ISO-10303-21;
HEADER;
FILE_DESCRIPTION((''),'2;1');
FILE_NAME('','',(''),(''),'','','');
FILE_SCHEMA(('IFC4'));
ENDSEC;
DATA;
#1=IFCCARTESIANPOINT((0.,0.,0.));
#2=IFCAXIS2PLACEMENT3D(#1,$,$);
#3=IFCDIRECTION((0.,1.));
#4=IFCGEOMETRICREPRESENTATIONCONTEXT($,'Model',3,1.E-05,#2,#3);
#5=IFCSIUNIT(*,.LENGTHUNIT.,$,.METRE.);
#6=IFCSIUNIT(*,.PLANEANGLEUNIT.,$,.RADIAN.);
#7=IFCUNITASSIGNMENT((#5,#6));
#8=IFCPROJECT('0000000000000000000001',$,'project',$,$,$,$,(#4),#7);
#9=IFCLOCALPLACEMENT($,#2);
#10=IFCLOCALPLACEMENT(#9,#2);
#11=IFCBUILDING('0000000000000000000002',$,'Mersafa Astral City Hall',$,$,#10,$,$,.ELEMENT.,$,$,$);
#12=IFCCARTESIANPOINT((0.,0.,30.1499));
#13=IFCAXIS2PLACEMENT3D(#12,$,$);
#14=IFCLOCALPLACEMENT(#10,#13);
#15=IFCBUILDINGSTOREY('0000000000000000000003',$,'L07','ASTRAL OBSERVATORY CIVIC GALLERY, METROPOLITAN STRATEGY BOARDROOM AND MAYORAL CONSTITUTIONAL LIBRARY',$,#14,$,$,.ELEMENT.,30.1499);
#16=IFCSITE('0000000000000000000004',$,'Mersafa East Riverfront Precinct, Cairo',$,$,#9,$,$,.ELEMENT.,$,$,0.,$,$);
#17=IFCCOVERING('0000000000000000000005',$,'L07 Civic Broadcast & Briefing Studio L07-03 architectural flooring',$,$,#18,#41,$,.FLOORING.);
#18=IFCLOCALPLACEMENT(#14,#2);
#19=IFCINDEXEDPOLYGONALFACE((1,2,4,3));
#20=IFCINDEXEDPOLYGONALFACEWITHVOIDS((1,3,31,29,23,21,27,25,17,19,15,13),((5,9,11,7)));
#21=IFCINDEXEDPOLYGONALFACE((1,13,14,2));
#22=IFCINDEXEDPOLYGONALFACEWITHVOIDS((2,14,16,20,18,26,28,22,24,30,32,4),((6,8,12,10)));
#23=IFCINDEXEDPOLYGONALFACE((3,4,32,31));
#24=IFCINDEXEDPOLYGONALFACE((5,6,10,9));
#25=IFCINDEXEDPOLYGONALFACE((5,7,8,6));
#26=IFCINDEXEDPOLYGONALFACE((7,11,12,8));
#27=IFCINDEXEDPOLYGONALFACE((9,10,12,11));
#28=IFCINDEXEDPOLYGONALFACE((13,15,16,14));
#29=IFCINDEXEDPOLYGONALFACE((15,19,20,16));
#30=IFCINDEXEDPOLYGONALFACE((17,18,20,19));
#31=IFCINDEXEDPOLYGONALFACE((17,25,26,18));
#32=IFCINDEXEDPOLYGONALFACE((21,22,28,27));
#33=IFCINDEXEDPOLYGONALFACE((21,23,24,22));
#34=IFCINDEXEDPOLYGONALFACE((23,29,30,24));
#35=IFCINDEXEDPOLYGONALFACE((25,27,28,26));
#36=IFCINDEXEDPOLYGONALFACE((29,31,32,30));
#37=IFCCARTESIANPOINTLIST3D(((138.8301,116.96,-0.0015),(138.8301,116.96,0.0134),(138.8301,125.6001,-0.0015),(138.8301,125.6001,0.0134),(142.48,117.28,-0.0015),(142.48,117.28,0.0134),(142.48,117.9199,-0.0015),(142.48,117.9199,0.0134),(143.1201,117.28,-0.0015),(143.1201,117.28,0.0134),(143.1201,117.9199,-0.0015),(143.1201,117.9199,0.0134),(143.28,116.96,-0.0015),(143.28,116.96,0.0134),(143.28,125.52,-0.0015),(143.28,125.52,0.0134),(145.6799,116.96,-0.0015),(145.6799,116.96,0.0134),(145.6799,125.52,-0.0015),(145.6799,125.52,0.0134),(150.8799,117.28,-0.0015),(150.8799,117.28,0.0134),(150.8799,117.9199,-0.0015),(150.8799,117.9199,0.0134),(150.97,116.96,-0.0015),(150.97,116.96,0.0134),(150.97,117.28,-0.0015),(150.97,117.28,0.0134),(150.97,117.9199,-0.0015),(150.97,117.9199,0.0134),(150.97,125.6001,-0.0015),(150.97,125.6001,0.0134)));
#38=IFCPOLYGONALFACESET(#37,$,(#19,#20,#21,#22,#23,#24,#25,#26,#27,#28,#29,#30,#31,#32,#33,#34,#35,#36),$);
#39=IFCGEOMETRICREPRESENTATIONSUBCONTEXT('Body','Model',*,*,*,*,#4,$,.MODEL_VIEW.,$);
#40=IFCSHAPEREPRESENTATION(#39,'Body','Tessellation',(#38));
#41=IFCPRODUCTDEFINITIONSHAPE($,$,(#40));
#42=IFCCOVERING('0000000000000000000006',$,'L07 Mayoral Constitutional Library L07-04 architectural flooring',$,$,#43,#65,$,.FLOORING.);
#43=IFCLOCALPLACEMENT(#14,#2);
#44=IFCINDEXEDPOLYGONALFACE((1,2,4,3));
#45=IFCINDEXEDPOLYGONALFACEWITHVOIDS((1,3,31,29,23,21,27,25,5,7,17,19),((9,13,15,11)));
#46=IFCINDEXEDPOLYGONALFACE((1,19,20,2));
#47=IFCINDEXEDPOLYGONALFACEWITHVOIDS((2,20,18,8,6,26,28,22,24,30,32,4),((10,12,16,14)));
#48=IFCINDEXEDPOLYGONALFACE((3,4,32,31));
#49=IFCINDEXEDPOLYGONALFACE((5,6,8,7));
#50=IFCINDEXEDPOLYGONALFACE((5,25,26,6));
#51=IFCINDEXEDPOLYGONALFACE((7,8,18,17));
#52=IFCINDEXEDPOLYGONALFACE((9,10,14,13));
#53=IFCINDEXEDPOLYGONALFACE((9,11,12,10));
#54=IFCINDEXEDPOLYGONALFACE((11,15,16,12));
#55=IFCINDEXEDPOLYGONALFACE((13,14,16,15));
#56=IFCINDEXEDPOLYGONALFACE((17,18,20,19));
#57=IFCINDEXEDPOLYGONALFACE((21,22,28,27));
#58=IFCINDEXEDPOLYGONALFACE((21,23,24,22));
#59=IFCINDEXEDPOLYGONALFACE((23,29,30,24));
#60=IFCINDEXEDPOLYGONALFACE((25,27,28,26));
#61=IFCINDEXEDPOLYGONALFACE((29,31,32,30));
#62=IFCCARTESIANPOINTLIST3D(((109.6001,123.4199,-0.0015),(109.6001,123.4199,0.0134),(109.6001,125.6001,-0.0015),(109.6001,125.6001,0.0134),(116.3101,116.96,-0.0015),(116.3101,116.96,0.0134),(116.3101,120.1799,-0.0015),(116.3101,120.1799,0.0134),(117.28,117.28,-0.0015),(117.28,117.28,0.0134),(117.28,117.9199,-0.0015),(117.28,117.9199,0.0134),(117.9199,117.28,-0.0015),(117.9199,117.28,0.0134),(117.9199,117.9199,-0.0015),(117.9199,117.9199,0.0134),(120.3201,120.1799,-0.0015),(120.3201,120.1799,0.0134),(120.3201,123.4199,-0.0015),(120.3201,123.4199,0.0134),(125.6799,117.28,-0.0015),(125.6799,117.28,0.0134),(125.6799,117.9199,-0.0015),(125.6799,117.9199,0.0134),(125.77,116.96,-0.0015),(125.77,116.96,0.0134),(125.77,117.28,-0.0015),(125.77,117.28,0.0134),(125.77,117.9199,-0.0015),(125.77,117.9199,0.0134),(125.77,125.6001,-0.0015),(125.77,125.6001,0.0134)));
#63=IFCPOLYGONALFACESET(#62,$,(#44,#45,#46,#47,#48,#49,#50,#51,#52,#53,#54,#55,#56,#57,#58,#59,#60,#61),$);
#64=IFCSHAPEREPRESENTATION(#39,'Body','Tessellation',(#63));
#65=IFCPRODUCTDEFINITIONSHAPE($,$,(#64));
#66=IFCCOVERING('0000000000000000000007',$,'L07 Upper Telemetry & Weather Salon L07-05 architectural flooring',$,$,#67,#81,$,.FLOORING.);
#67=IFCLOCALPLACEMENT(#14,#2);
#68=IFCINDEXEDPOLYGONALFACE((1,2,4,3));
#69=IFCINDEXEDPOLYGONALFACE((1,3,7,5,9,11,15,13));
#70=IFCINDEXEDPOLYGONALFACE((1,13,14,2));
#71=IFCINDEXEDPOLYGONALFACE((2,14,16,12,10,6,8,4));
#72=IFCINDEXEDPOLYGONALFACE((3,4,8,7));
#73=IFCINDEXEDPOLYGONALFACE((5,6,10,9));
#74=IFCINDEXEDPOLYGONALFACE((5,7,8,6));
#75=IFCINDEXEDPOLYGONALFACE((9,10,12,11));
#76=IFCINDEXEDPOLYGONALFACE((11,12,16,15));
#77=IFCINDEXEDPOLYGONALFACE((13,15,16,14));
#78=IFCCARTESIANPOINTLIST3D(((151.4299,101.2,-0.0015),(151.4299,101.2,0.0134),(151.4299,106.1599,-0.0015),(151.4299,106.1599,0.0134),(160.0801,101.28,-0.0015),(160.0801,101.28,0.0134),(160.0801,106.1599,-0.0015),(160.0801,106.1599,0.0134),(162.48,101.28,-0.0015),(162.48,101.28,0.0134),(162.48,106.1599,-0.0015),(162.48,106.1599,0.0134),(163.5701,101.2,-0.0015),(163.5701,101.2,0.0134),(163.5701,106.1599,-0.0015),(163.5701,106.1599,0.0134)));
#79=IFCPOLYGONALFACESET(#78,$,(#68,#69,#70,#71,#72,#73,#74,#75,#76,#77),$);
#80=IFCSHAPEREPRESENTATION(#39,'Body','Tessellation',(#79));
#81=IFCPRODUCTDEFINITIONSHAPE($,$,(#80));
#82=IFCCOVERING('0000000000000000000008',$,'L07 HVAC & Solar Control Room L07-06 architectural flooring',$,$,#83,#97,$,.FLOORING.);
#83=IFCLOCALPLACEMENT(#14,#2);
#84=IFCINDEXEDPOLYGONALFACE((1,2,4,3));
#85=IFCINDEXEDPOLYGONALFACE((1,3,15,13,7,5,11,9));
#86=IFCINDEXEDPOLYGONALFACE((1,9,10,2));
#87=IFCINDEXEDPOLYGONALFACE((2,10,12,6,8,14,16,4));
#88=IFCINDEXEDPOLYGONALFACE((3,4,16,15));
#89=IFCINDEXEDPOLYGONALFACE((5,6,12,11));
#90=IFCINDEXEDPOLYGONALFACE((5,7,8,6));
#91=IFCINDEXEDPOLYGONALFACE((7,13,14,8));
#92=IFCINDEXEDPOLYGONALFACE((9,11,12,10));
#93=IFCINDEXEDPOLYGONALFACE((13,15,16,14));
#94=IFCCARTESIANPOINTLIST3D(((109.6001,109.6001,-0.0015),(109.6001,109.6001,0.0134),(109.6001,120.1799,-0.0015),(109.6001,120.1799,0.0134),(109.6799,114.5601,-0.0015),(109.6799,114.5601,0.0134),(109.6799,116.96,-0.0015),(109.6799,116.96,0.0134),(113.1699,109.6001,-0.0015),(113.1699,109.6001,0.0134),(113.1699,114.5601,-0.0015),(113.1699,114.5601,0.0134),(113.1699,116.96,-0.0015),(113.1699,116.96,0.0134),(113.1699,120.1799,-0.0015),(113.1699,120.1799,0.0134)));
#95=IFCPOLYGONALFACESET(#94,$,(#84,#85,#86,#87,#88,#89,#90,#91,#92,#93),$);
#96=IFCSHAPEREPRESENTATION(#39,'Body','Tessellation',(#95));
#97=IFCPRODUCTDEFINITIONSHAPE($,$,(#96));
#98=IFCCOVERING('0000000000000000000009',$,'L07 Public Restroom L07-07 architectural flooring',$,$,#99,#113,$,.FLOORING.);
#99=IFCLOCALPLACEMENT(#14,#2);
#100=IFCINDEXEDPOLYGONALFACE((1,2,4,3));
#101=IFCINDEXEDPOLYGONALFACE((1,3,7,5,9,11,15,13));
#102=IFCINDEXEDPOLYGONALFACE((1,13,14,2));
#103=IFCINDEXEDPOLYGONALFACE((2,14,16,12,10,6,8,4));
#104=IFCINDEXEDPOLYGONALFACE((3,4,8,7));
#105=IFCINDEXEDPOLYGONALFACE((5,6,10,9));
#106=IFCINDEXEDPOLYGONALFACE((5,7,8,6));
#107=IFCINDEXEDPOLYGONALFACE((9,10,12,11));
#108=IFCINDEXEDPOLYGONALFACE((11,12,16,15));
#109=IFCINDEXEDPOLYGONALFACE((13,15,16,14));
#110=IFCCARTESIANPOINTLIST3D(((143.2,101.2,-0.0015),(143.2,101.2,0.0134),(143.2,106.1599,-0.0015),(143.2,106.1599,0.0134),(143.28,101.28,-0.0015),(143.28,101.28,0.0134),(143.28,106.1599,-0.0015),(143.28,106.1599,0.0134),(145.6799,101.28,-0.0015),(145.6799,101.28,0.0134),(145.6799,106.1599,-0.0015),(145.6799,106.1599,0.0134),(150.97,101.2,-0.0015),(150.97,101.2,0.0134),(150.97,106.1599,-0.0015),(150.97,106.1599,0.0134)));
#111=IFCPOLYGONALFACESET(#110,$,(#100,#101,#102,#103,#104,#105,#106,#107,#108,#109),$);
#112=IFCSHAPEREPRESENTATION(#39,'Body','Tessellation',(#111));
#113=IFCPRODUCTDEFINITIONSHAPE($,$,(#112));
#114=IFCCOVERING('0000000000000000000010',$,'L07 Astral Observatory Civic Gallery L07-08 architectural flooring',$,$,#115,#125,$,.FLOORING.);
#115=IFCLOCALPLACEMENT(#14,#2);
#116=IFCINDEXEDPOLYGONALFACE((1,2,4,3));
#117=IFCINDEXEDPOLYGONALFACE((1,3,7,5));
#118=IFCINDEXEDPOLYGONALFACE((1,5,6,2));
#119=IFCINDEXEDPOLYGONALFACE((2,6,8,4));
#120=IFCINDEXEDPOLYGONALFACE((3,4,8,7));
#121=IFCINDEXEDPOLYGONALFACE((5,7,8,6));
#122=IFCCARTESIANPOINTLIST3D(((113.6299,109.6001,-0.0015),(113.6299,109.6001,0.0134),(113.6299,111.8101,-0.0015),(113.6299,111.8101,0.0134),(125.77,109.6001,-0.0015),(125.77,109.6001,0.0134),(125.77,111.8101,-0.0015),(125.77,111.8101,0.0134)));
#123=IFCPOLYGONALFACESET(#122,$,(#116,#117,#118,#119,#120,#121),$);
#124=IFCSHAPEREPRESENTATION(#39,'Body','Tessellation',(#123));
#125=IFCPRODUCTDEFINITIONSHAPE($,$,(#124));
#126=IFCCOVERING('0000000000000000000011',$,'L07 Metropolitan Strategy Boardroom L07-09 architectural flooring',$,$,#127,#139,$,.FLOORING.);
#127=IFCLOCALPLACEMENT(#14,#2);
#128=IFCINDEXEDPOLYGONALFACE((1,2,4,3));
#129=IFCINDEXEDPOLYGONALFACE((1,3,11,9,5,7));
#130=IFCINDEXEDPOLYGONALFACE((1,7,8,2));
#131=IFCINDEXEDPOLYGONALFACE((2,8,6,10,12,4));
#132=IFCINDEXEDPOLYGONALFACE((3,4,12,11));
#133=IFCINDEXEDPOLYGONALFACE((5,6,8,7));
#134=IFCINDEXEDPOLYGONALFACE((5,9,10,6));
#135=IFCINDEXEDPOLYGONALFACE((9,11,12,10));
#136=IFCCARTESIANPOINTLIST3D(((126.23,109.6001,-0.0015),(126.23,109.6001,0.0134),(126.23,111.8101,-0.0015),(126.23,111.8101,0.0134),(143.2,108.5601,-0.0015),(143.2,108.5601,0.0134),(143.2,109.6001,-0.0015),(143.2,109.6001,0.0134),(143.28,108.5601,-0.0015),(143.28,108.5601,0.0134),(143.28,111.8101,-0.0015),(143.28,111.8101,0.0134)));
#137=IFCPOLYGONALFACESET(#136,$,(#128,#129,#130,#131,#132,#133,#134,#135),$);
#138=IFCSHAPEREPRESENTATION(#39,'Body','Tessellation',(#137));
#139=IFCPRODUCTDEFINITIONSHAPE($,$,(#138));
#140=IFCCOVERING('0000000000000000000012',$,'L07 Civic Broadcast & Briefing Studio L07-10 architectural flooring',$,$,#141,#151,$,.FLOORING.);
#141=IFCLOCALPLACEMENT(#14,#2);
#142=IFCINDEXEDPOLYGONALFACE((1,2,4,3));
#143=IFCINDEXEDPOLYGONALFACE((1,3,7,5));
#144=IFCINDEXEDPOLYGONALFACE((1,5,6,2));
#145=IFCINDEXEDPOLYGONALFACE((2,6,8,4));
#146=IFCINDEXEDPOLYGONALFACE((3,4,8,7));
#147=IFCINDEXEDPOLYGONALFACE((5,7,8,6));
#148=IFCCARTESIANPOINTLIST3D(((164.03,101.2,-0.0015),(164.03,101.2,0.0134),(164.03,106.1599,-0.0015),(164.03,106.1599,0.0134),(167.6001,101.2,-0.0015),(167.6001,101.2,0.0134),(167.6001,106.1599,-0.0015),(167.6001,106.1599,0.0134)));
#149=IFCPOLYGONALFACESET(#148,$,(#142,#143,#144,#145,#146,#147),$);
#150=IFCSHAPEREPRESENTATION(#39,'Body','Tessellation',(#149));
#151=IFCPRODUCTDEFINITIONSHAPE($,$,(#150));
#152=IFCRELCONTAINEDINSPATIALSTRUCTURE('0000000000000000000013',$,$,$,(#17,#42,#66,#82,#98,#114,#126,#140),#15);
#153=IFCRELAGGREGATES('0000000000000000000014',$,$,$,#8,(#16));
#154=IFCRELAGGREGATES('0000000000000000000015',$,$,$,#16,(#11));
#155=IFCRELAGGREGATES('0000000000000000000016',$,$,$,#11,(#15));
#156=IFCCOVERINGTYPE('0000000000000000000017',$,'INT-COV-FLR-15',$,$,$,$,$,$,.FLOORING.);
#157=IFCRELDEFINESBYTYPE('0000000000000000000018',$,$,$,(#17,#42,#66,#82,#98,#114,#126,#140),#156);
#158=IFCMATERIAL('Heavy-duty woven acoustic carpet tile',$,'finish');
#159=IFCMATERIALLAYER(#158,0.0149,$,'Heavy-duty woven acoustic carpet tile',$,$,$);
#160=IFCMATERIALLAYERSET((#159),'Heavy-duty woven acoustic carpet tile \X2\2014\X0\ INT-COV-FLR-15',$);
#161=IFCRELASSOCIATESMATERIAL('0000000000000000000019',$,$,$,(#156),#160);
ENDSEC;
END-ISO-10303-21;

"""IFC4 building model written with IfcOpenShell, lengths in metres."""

from ifc_helpers import new_model, si_unit, direction, frame, origin, place, context, subcontext, project, spatial, polyline, outline, extrude, material, layer, layer_set, type_object, element, save


model = new_model("IFC4")

# Units and contexts
model_context = context("Model", 3, precision=1e-05, world=origin(), true_north=direction((0.0, 1.0)))
body_context = subcontext(model_context, "Body", "Model", "MODEL_VIEW")
ifc_project = project(units=[si_unit("LENGTHUNIT", "METRE"), si_unit("PLANEANGLEUNIT", "RADIAN")], contexts=[model_context])

# Site, building, storey
site_placement = place(None, origin())
site = spatial("IfcSite", under=ifc_project, at=site_placement, Name="Mersafa East Riverfront Precinct, Cairo", CompositionType="ELEMENT", RefElevation=0.0)
building_placement = place(site_placement, origin())
building = spatial("IfcBuilding", under=site, at=building_placement, Name="Mersafa Astral City Hall", CompositionType="ELEMENT")
storey_placement = place(building_placement, frame((0.0, 0.0, 30.1499)))
storey = spatial("IfcBuildingStorey", under=building, at=storey_placement, Name="L07", Description="ASTRAL OBSERVATORY CIVIC GALLERY, METROPOLITAN STRATEGY BOARDROOM AND MAYORAL CONSTITUTIONAL LIBRARY", CompositionType="ELEMENT", Elevation=30.1499)

# Coverings
ifc_material_1 = material(Name="Heavy-duty woven acoustic carpet tile", Category="finish")
ifc_layer_1 = layer(ifc_material_1, 0.0149, Name="Heavy-duty woven acoustic carpet tile")
ifc_layer_set_1 = layer_set([ifc_layer_1], Name="Heavy-duty woven acoustic carpet tile — INT-COV-FLR-15")
covering_type_1 = type_object("IfcCoveringType", Name="INT-COV-FLR-15", PredefinedType="FLOORING", material=ifc_layer_set_1)
covering_1_placement = place(storey_placement, frame((0.0, 0.0, -0.0015)))
element("IfcCovering", 1, at=covering_1_placement, inside=storey, type_object=covering_type_1, Name="L07 Civic Broadcast & Briefing Studio L07-03 architectural flooring", PredefinedType="FLOORING", context=body_context, shape_type="SweptSolid", body=[
    extrude(outline(polyline([(150.97, 116.96), (145.6799, 116.96), (145.6799, 125.52), (143.28, 125.52), (143.28, 116.96), (138.8301, 116.96), (138.8301, 125.6001), (150.97, 125.6001), (150.97, 117.9199), (150.8799, 117.9199), (150.8799, 117.28), (150.97, 117.28), (150.97, 116.96)]), holes=[polyline([(142.48, 117.9199), (142.48, 117.28), (143.1201, 117.28), (143.1201, 117.9199), (142.48, 117.9199)])]), origin(), (0.0, 0.0, 1.0), 0.0149),
])
covering_2_placement = place(storey_placement, frame((0.0, 0.0, -0.0015)))
element("IfcCovering", 2, at=covering_2_placement, inside=storey, type_object=covering_type_1, Name="L07 Mayoral Constitutional Library L07-04 architectural flooring", PredefinedType="FLOORING", context=body_context, shape_type="SweptSolid", body=[
    extrude(outline(polyline([(120.3201, 120.1799), (120.3201, 123.4199), (109.6001, 123.4199), (109.6001, 125.6001), (125.77, 125.6001), (125.77, 117.9199), (125.6799, 117.9199), (125.6799, 117.28), (125.77, 117.28), (125.77, 116.96), (116.3101, 116.96), (116.3101, 120.1799), (120.3201, 120.1799)]), holes=[polyline([(117.28, 117.9199), (117.28, 117.28), (117.9199, 117.28), (117.9199, 117.9199), (117.28, 117.9199)])]), origin(), (0.0, 0.0, 1.0), 0.0149),
])
covering_3_placement = place(storey_placement, frame((0.0, 0.0, -0.0015)))
element("IfcCovering", 3, at=covering_3_placement, inside=storey, type_object=covering_type_1, Name="L07 Upper Telemetry & Weather Salon L07-05 architectural flooring", PredefinedType="FLOORING", context=body_context, shape_type="SweptSolid", body=[
    extrude(outline(polyline([(160.0801, 106.1599), (160.0801, 101.28), (162.48, 101.28), (162.48, 106.1599), (163.5701, 106.1599), (163.5701, 101.2), (151.4299, 101.2), (151.4299, 106.1599), (160.0801, 106.1599)])), origin(), (0.0, 0.0, 1.0), 0.0149),
])
covering_4_placement = place(storey_placement, frame((0.0, 0.0, -0.0015)))
element("IfcCovering", 4, at=covering_4_placement, inside=storey, type_object=covering_type_1, Name="L07 HVAC & Solar Control Room L07-06 architectural flooring", PredefinedType="FLOORING", context=body_context, shape_type="SweptSolid", body=[
    extrude(outline(polyline([(113.1699, 116.96), (109.6799, 116.96), (109.6799, 114.5601), (113.1699, 114.5601), (113.1699, 109.6001), (109.6001, 109.6001), (109.6001, 120.1799), (113.1699, 120.1799), (113.1699, 116.96)])), origin(), (0.0, 0.0, 1.0), 0.0149),
])
covering_5_placement = place(storey_placement, frame((0.0, 0.0, -0.0015)))
element("IfcCovering", 5, at=covering_5_placement, inside=storey, type_object=covering_type_1, Name="L07 Public Restroom L07-07 architectural flooring", PredefinedType="FLOORING", context=body_context, shape_type="SweptSolid", body=[
    extrude(outline(polyline([(143.28, 106.1599), (143.28, 101.28), (145.6799, 101.28), (145.6799, 106.1599), (150.97, 106.1599), (150.97, 101.2), (143.2, 101.2), (143.2, 106.1599), (143.28, 106.1599)])), origin(), (0.0, 0.0, 1.0), 0.0149),
])
covering_6_placement = place(storey_placement, frame((0.0, 0.0, -0.0015)))
element("IfcCovering", 6, at=covering_6_placement, inside=storey, type_object=covering_type_1, Name="L07 Astral Observatory Civic Gallery L07-08 architectural flooring", PredefinedType="FLOORING", context=body_context, shape_type="SweptSolid", body=[
    extrude(outline(polyline([(113.6299, 109.6001), (113.6299, 111.8101), (125.77, 111.8101), (125.77, 109.6001), (113.6299, 109.6001)])), origin(), (0.0, 0.0, 1.0), 0.0149),
])
covering_7_placement = place(storey_placement, frame((0.0, 0.0, -0.0015)))
element("IfcCovering", 7, at=covering_7_placement, inside=storey, type_object=covering_type_1, Name="L07 Metropolitan Strategy Boardroom L07-09 architectural flooring", PredefinedType="FLOORING", context=body_context, shape_type="SweptSolid", body=[
    extrude(outline(polyline([(126.23, 109.6001), (126.23, 111.8101), (143.28, 111.8101), (143.28, 108.5601), (143.2, 108.5601), (143.2, 109.6001), (126.23, 109.6001)])), origin(), (0.0, 0.0, 1.0), 0.0149),
])
covering_8_placement = place(storey_placement, frame((0.0, 0.0, -0.0015)))
element("IfcCovering", 8, at=covering_8_placement, inside=storey, type_object=covering_type_1, Name="L07 Civic Broadcast & Briefing Studio L07-10 architectural flooring", PredefinedType="FLOORING", context=body_context, shape_type="SweptSolid", body=[
    extrude(outline(polyline([(167.6001, 106.1599), (167.6001, 101.2), (164.03, 101.2), (164.03, 106.1599), (167.6001, 106.1599)])), origin(), (0.0, 0.0, 1.0), 0.0149),
])

save(model, "model.ifc")
